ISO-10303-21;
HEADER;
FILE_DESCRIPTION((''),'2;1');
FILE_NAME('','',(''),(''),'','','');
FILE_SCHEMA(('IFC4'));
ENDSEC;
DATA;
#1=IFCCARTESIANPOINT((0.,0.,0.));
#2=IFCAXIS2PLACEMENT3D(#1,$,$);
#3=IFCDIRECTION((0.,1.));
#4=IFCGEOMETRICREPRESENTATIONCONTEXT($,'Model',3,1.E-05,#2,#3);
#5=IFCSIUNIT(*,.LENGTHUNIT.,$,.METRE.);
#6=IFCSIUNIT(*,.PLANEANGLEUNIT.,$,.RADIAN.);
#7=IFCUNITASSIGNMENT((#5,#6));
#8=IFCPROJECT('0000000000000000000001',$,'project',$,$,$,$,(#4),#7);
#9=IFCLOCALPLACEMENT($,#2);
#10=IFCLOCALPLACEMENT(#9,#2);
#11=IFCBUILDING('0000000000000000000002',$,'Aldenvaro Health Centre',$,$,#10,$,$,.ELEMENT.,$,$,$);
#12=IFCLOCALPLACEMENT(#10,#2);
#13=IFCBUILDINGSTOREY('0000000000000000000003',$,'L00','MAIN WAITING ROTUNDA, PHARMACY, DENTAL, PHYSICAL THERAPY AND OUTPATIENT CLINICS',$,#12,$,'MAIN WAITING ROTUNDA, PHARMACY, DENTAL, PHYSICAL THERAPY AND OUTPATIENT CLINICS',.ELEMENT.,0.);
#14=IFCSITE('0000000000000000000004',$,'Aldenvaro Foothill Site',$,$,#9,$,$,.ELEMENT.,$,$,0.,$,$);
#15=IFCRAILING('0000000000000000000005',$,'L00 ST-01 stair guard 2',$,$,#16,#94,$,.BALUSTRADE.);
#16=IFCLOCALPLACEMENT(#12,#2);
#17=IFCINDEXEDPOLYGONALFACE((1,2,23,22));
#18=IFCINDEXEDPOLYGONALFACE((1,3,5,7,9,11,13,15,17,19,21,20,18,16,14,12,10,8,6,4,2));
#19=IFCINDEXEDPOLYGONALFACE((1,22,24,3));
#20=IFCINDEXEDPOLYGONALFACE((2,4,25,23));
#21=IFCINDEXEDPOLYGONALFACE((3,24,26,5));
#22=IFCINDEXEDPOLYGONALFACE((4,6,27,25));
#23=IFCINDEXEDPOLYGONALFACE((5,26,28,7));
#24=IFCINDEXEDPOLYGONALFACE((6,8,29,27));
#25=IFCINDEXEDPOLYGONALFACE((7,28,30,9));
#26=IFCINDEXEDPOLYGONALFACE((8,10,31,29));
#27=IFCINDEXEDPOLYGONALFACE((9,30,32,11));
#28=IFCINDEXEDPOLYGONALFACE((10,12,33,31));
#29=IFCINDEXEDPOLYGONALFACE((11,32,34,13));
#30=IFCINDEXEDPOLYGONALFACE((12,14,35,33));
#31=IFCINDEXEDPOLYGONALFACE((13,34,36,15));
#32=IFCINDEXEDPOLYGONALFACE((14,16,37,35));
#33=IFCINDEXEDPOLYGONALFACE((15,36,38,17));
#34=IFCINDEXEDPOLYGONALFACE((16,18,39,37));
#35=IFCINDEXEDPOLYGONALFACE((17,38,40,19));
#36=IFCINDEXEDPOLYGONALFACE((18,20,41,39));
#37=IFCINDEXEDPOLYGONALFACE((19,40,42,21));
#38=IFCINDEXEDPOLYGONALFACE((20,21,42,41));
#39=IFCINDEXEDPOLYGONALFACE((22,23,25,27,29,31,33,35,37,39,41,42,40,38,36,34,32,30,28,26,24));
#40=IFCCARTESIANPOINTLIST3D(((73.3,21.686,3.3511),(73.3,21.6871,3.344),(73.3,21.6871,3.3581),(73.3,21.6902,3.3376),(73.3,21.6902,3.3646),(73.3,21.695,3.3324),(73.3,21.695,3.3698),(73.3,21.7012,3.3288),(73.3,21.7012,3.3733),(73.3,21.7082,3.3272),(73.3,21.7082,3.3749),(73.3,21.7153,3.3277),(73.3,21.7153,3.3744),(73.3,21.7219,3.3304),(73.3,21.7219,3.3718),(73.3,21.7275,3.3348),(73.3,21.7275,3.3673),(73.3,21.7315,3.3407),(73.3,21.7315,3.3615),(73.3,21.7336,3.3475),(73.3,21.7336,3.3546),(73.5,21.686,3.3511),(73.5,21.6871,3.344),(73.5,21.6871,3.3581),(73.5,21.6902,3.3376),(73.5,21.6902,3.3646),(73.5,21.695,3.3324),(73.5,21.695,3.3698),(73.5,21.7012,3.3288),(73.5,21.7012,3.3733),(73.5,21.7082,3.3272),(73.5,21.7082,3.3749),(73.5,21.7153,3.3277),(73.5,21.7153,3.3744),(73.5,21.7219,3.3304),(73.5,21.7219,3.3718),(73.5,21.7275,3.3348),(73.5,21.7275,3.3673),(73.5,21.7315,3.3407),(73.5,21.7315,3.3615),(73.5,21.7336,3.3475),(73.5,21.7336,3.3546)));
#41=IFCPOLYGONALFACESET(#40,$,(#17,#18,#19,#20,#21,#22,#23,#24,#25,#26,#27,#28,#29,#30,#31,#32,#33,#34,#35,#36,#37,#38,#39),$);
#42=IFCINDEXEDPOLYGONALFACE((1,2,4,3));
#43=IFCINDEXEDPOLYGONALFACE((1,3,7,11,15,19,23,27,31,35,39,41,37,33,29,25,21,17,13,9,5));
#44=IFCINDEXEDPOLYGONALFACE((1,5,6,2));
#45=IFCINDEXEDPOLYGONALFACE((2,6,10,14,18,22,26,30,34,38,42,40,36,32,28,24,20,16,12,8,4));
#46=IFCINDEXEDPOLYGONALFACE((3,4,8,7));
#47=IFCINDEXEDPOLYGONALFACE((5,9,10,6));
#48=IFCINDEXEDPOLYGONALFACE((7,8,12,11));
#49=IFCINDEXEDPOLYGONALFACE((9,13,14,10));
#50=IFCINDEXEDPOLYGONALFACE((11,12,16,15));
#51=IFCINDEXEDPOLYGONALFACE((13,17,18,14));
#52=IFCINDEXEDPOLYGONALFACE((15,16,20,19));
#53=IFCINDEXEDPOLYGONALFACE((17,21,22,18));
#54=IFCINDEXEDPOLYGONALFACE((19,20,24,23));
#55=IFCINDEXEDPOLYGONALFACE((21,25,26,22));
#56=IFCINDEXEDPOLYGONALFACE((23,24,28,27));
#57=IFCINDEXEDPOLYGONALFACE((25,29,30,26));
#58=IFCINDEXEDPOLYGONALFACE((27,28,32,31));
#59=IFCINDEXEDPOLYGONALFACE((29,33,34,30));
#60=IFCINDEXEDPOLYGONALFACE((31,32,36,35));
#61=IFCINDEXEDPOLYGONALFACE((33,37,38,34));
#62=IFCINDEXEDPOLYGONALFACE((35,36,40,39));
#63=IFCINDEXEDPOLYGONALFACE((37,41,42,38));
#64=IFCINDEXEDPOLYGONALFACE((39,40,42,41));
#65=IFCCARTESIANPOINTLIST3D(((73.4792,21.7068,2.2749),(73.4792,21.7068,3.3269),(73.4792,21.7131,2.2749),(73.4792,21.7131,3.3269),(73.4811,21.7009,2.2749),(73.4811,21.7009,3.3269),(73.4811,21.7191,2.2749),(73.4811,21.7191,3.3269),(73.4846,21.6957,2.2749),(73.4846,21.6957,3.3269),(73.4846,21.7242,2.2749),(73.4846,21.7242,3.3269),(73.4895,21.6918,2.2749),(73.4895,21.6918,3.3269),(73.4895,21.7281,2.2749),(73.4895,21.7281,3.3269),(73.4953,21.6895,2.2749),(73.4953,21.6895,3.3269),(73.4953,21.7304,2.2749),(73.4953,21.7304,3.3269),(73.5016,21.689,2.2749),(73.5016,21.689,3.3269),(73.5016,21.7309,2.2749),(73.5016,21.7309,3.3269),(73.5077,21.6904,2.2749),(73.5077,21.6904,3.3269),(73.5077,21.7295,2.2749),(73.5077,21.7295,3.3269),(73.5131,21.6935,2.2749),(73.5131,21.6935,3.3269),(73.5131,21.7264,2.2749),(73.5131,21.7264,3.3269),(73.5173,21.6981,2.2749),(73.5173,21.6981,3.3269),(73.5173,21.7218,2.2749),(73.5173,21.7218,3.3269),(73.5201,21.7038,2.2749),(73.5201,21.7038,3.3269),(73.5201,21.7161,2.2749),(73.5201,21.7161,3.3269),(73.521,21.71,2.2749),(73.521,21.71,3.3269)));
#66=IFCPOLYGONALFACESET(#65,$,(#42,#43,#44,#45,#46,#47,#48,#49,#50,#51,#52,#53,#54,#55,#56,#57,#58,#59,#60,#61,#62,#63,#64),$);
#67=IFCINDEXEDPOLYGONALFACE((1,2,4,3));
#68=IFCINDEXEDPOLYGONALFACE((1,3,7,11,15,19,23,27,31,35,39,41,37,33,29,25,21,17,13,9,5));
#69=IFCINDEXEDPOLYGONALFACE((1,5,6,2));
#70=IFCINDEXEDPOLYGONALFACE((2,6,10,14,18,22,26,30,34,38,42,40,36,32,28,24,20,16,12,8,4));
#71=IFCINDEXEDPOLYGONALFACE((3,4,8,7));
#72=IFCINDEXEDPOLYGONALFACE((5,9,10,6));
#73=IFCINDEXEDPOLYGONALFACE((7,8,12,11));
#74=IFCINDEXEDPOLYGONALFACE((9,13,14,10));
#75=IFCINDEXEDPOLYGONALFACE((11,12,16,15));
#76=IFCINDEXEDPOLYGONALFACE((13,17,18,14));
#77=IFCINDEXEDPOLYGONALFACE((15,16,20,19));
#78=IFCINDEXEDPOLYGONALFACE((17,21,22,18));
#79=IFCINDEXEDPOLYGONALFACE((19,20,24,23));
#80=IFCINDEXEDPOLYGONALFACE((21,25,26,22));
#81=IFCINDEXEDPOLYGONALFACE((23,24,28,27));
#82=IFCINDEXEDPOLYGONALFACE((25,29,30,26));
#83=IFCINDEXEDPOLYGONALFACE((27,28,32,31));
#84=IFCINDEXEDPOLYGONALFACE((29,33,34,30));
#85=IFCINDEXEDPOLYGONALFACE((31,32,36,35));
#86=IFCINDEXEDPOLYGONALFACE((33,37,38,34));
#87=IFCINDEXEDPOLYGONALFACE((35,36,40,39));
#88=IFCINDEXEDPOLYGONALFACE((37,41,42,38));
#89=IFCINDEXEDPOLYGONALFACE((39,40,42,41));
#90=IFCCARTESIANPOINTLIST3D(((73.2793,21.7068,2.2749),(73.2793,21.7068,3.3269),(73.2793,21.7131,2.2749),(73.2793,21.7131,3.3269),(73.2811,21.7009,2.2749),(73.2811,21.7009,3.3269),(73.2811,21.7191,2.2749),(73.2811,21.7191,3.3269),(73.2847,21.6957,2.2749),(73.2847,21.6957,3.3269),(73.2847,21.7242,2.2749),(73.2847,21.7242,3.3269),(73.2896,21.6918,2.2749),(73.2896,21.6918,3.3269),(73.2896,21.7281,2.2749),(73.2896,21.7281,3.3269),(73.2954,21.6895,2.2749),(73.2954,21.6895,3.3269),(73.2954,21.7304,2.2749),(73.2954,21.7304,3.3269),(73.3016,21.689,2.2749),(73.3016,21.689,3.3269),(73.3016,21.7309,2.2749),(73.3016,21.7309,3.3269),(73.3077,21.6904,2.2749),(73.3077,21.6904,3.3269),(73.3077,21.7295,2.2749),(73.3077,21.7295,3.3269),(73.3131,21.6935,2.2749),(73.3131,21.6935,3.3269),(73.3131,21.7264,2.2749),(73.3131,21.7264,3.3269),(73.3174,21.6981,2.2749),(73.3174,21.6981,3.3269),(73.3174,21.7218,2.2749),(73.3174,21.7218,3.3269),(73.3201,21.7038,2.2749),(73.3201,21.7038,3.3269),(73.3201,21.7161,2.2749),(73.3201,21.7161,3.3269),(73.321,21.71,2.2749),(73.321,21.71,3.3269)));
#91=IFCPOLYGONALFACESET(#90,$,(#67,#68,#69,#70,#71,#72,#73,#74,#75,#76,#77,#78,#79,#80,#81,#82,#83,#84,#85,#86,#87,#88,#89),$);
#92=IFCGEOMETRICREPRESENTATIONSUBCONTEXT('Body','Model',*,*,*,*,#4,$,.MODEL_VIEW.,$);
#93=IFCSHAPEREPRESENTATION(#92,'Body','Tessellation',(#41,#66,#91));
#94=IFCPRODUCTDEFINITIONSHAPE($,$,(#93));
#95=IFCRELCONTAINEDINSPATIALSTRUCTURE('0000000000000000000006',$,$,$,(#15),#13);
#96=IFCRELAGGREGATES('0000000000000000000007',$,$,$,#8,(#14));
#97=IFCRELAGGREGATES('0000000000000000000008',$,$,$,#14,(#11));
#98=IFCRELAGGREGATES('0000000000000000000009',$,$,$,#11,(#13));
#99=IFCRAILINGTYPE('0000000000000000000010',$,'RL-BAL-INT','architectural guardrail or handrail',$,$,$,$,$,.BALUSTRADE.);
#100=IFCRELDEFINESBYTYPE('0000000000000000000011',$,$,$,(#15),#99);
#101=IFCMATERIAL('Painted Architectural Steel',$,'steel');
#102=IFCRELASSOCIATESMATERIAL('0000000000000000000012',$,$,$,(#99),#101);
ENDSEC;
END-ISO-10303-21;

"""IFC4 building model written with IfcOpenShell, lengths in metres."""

from ifc_helpers import new_model, si_unit, direction, frame, origin, origin_2d, place, context, subcontext, project, spatial, circle, extrude, material, type_object, element, save


model = new_model("IFC4")

# Units and contexts
model_context = context("Model", 3, precision=1e-05, world=origin(), true_north=direction((0.0, 1.0)))
body_context = subcontext(model_context, "Body", "Model", "MODEL_VIEW")
ifc_project = project(units=[si_unit("LENGTHUNIT", "METRE"), si_unit("PLANEANGLEUNIT", "RADIAN")], contexts=[model_context])

# Site, building, storey
site_placement = place(None, origin())
site = spatial("IfcSite", under=ifc_project, at=site_placement, Name="Aldenvaro Foothill Site", CompositionType="ELEMENT", RefElevation=0.0)
building_placement = place(site_placement, origin())
building = spatial("IfcBuilding", under=site, at=building_placement, Name="Aldenvaro Health Centre", CompositionType="ELEMENT")
storey_placement = place(building_placement, origin())
storey = spatial("IfcBuildingStorey", under=building, at=storey_placement, Name="L00", Description="MAIN WAITING ROTUNDA, PHARMACY, DENTAL, PHYSICAL THERAPY AND OUTPATIENT CLINICS", LongName="MAIN WAITING ROTUNDA, PHARMACY, DENTAL, PHYSICAL THERAPY AND OUTPATIENT CLINICS", CompositionType="ELEMENT", Elevation=0.0)

# Railing
ifc_material_1 = material(Name="Painted Architectural Steel", Category="steel")
railing_type = type_object("IfcRailingType", Name="RL-BAL-INT", Description="architectural guardrail or handrail", PredefinedType="BALUSTRADE", material=ifc_material_1)
railing_placement = place(storey_placement, frame((73.5, 21.71, 2.2749)))
element("IfcRailing", 1, at=railing_placement, inside=storey, type_object=railing_type, Name="L00 ST-01 stair guard 2", PredefinedType="BALUSTRADE", context=body_context, shape_type="SweptSolid", body=[
    extrude(circle(Radius=0.0239, at=origin_2d()), frame((0.0, 0.0, 1.0762), z_axis=(-1.0, 0.0, 0.0), x_axis=(0.0, -1.0, 0.0)), (0.0, 0.0, 1.0), 0.2),
    extrude(circle(Radius=0.021, at=origin_2d()), origin(), (0.0, 0.0, 1.0), 1.052),
    extrude(circle(Radius=0.021, at=origin_2d()), frame((-0.2, 0.0, 0.0)), (0.0, 0.0, 1.0), 1.052),
])

save(model, "model.ifc")
